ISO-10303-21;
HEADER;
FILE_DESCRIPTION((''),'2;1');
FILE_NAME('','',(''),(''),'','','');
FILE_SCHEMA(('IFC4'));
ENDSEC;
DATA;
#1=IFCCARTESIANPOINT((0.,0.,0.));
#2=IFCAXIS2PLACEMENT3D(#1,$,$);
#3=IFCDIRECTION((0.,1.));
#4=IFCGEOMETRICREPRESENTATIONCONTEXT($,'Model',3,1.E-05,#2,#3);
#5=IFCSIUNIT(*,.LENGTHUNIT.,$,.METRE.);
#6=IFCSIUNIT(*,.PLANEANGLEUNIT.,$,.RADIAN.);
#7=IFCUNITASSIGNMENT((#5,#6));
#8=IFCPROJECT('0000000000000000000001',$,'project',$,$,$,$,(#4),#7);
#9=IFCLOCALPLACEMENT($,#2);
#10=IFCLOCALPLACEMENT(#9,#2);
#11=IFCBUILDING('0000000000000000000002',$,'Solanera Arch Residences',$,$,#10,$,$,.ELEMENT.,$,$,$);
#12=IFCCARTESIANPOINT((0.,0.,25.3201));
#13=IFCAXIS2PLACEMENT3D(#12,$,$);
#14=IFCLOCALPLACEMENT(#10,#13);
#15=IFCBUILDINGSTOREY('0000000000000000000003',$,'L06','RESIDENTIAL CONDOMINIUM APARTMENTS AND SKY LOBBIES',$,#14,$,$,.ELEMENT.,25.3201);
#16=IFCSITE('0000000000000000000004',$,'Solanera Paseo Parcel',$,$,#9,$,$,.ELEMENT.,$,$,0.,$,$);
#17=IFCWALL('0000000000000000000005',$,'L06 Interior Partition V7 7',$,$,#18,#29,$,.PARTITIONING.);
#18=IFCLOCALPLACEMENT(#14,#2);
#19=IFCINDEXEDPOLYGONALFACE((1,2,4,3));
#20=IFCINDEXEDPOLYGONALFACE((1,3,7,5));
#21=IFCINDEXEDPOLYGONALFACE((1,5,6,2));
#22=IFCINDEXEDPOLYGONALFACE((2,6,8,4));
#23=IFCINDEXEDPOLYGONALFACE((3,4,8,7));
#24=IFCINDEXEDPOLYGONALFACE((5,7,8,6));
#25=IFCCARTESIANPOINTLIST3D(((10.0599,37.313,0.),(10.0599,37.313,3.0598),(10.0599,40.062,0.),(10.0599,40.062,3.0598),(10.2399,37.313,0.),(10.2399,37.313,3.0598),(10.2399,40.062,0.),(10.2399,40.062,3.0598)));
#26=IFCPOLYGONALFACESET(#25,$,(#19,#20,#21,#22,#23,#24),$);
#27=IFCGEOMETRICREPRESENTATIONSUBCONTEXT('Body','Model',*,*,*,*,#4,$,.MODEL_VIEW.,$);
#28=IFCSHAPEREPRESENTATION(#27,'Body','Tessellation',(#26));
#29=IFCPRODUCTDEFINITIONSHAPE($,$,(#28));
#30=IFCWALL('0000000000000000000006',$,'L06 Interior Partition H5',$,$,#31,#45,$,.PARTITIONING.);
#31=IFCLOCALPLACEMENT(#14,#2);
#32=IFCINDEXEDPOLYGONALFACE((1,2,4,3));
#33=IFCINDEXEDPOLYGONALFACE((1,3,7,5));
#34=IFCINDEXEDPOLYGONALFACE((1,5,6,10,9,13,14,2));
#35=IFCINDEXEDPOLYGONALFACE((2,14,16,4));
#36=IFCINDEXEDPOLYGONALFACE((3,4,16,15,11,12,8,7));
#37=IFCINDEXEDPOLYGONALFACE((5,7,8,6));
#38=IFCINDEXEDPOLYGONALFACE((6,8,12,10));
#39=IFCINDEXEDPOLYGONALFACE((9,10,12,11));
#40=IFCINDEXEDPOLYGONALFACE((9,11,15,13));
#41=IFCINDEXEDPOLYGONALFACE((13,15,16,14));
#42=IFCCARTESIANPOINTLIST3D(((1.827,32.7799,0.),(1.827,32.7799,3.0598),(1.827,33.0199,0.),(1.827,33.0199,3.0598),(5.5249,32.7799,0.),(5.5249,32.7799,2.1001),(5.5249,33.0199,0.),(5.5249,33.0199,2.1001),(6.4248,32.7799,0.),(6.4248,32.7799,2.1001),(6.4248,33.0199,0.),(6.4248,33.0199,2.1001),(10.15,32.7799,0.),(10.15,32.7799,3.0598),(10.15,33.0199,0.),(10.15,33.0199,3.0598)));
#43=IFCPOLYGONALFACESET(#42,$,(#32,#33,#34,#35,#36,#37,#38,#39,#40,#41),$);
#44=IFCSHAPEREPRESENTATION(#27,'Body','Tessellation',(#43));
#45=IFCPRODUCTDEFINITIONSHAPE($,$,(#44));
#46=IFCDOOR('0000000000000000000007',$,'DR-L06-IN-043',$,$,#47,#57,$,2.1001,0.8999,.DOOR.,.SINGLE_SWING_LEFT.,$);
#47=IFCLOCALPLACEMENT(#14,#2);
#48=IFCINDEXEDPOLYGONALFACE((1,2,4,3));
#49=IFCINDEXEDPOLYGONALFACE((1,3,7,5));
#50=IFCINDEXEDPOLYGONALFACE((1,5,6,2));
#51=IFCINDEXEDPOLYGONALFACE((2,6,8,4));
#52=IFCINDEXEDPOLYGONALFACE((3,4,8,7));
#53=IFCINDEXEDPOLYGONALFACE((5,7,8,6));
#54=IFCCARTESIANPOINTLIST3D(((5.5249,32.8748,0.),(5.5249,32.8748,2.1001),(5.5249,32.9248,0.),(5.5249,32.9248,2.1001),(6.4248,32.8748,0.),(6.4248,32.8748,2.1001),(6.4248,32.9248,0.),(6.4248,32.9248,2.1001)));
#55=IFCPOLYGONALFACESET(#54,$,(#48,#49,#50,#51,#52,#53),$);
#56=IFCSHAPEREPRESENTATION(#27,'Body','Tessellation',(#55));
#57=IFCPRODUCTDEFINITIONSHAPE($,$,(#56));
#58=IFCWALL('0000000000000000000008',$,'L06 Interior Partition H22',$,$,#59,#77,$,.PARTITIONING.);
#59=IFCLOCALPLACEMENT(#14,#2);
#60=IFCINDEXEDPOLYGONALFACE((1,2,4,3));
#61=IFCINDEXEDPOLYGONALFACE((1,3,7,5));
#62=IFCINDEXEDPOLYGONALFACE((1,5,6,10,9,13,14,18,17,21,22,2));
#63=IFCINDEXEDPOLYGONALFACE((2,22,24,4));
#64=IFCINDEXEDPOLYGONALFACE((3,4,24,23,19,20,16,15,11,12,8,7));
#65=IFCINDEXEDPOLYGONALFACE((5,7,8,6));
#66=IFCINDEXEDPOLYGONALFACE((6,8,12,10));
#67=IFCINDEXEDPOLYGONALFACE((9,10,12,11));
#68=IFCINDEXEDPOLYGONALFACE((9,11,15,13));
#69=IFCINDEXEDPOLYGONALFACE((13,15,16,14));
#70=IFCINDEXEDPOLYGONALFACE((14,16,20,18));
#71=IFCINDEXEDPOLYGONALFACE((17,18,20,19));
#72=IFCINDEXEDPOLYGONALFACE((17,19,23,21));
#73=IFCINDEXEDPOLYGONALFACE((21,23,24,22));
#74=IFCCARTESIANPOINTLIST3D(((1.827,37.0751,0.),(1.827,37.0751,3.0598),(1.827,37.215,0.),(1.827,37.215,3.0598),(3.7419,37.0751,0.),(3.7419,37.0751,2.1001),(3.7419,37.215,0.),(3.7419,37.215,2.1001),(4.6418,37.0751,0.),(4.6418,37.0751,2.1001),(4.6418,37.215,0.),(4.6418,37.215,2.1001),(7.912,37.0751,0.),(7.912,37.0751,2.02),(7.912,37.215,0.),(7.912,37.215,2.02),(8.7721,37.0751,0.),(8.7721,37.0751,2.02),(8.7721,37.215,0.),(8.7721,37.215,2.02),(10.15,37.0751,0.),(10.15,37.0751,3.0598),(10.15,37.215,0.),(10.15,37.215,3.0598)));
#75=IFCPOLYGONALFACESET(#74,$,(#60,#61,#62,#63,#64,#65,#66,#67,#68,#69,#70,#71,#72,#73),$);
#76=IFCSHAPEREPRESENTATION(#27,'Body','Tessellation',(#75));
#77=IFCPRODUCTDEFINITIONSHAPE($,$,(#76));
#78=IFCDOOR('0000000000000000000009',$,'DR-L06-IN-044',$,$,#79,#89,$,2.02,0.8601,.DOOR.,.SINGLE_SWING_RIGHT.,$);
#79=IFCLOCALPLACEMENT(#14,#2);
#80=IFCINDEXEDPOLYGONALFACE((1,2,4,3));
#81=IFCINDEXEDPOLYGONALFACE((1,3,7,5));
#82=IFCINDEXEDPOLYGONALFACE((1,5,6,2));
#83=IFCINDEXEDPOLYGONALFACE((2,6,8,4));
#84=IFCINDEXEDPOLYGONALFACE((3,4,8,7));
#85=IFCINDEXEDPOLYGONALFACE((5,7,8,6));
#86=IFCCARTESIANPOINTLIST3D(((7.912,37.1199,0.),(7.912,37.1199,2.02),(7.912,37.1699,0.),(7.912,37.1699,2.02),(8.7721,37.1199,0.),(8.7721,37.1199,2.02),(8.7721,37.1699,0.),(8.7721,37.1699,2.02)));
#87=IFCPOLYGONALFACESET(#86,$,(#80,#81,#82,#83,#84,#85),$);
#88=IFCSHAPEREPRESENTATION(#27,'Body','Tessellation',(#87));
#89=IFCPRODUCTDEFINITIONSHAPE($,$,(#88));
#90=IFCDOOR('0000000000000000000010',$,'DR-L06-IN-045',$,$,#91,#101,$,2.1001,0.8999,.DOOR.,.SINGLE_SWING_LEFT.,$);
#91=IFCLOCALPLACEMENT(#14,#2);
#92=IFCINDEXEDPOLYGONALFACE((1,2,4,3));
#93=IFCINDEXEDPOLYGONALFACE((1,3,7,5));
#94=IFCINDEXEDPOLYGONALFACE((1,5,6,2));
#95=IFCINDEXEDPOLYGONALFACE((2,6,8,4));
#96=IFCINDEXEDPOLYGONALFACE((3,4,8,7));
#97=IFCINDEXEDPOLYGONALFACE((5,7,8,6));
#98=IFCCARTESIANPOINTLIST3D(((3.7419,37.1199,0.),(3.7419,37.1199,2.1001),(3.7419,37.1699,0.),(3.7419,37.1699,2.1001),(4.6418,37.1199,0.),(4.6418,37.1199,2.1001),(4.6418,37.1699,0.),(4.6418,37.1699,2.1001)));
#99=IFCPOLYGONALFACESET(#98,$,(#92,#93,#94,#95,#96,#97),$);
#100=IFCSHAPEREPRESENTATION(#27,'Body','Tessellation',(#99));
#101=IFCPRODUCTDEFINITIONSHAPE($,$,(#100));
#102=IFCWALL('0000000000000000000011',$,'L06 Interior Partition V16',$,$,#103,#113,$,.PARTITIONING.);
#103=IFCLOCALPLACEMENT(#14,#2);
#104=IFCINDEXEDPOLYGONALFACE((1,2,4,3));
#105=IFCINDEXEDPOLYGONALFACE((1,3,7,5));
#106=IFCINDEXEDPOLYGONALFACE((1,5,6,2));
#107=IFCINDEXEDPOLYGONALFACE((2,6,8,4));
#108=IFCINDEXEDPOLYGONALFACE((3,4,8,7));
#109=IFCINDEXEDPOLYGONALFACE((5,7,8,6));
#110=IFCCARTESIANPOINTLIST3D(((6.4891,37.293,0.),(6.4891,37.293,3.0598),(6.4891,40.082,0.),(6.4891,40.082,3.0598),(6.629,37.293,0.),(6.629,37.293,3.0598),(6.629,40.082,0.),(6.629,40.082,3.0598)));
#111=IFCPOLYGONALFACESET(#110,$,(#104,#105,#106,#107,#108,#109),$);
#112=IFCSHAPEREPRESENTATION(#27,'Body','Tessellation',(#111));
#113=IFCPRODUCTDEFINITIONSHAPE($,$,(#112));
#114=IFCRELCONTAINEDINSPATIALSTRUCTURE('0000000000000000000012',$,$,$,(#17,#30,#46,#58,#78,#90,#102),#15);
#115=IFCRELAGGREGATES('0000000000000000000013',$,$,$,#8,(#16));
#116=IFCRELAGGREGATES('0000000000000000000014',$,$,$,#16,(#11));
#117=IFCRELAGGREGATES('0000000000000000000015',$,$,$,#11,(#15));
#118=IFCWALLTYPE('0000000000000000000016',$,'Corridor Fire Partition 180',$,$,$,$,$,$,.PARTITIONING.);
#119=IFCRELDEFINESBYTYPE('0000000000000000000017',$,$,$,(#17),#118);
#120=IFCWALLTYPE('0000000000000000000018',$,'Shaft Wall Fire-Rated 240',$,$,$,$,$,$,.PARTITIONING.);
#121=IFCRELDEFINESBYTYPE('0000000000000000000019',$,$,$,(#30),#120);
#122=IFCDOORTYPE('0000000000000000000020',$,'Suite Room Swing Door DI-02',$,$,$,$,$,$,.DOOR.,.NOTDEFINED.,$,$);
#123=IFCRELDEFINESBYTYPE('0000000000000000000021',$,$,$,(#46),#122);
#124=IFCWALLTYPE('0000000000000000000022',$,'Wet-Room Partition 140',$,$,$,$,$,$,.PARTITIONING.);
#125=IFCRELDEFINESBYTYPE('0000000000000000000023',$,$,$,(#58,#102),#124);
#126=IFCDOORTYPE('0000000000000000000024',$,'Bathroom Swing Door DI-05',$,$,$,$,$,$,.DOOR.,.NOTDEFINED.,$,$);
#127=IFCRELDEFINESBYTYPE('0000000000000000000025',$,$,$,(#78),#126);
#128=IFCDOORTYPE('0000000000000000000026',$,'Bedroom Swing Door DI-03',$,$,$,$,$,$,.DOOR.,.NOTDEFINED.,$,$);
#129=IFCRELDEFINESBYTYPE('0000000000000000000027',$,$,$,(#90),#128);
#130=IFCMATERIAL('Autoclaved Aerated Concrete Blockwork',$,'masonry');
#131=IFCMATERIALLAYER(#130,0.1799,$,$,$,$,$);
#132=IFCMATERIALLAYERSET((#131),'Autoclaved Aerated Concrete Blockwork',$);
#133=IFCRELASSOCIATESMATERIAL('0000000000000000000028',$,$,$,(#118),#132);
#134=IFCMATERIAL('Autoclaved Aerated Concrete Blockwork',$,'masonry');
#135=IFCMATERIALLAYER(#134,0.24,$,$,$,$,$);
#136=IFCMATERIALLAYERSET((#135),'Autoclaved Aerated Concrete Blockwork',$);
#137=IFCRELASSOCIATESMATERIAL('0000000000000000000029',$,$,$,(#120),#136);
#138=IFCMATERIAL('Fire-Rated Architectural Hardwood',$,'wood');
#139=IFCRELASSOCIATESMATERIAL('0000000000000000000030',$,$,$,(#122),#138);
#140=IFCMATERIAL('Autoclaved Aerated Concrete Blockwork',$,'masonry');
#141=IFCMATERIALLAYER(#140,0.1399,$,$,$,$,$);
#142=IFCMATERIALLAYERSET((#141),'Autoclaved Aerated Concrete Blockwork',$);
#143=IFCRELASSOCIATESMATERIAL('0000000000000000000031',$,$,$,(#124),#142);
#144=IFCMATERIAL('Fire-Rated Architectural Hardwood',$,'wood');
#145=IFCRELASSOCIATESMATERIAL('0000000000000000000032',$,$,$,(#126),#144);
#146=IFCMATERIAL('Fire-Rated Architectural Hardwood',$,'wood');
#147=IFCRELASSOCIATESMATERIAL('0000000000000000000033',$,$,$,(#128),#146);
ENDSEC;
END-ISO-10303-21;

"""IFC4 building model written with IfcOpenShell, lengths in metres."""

from ifc_helpers import new_model, si_unit, direction, frame, frame_2d, origin, place, context, subcontext, project, spatial, rectangle, extrude, material, layer, layer_set, type_object, element, fill, save


model = new_model("IFC4")

# Units and contexts
model_context = context("Model", 3, precision=1e-05, world=origin(), true_north=direction((0.0, 1.0)))
body_context = subcontext(model_context, "Body", "Model", "MODEL_VIEW")
ifc_project = project(units=[si_unit("LENGTHUNIT", "METRE"), si_unit("PLANEANGLEUNIT", "RADIAN")], contexts=[model_context])

# Site, building, storey
site_placement = place(None, origin())
site = spatial("IfcSite", under=ifc_project, at=site_placement, Name="Solanera Paseo Parcel", CompositionType="ELEMENT", RefElevation=0.0)
building_placement = place(site_placement, origin())
building = spatial("IfcBuilding", under=site, at=building_placement, Name="Solanera Arch Residences", CompositionType="ELEMENT")
storey_placement = place(building_placement, frame((0.0, 0.0, 25.3201)))
storey = spatial("IfcBuildingStorey", under=building, at=storey_placement, Name="L06", Description="RESIDENTIAL CONDOMINIUM APARTMENTS AND SKY LOBBIES", CompositionType="ELEMENT", Elevation=25.3201)

# Shared definitions
ifc_material_1 = material(Name="Autoclaved Aerated Concrete Blockwork", Category="masonry")
ifc_layer_1 = layer(ifc_material_1, 0.1799)
ifc_layer_set_1 = layer_set([ifc_layer_1], Name="Autoclaved Aerated Concrete Blockwork")
wall_type_1 = type_object("IfcWallType", Name="Corridor Fire Partition 180", PredefinedType="PARTITIONING", material=ifc_layer_set_1)

# Wall
wall_1_placement = place(storey_placement, frame((10.1499, 37.313, 0.0), z_axis=(0.0, 0.0, 1.0), x_axis=(0.0, 1.0, 0.0)))
element("IfcWall", 1, at=wall_1_placement, inside=storey, type_object=wall_type_1, Name="L06 Interior Partition V7 7", PredefinedType="PARTITIONING", context=body_context, shape_type="SweptSolid", body=[
    extrude(rectangle(XDim=2.749, YDim=0.1799, at=frame_2d((1.3745, 0.0))), origin(), (0.0, 0.0, 1.0), 3.0598),
])

# Wall, opening, door
ifc_material_2 = material(Name="Autoclaved Aerated Concrete Blockwork", Category="masonry")
ifc_layer_2 = layer(ifc_material_2, 0.24)
ifc_layer_set_2 = layer_set([ifc_layer_2], Name="Autoclaved Aerated Concrete Blockwork")
wall_type_2 = type_object("IfcWallType", Name="Shaft Wall Fire-Rated 240", PredefinedType="PARTITIONING", material=ifc_layer_set_2)
wall_2_placement = place(storey_placement, frame((1.8269, 32.8999, 0.0), z_axis=(0.0, 0.0, 1.0), x_axis=(1.0, 0.0, 0.0)))
wall_2 = element("IfcWall", 2, at=wall_2_placement, inside=storey, type_object=wall_type_2, Name="L06 Interior Partition H5", PredefinedType="PARTITIONING", context=body_context, shape_type="SweptSolid", body=[
    extrude(rectangle(XDim=8.323, YDim=0.24, at=frame_2d((4.1616, 0.0))), origin(), (0.0, 0.0, 1.0), 3.0598),
])
opening_1_placement = place(wall_2_placement, frame((3.698, 0.0, 0.0)))
opening_1 = element("IfcOpeningElement", 3, at=opening_1_placement, cuts=wall_2, PredefinedType="OPENING", context=body_context, shape_type="SweptSolid", body=[
    extrude(rectangle(XDim=0.8999, YDim=2.1001, at=frame_2d((0.45, 1.05))), frame((0.0, 0.1299, 0.0), z_axis=(0.0, -1.0, 0.0), x_axis=(1.0, 0.0, 0.0)), (0.0, 0.0, 1.0), 0.26),
])
ifc_material_3 = material(Name="Fire-Rated Architectural Hardwood", Category="wood")
door_type_1 = type_object("IfcDoorType", Name="Suite Room Swing Door DI-02", OperationType="NOTDEFINED", PredefinedType="DOOR", material=ifc_material_3)
door_1_placement = place(opening_1_placement, origin())
door_1 = element("IfcDoor", 4, at=door_1_placement, inside=storey, type_object=door_type_1, Name="DR-L06-IN-043", OperationType="SINGLE_SWING_LEFT", OverallHeight=2.1001, OverallWidth=0.8999, PredefinedType="DOOR", context=body_context, shape_type="SweptSolid", body=[
    extrude(rectangle(XDim=0.8999, YDim=2.1001, at=frame_2d((0.45, 1.05))), frame((0.0, 0.0249, 0.0), z_axis=(0.0, -1.0, 0.0), x_axis=(1.0, 0.0, 0.0)), (0.0, 0.0, 1.0), 0.05),
])
fill(opening_1, door_1)

# Wall, openings, doors
ifc_material_4 = material(Name="Autoclaved Aerated Concrete Blockwork", Category="masonry")
ifc_layer_3 = layer(ifc_material_4, 0.1399)
ifc_layer_set_3 = layer_set([ifc_layer_3], Name="Autoclaved Aerated Concrete Blockwork")
wall_type_3 = type_object("IfcWallType", Name="Wet-Room Partition 140", PredefinedType="PARTITIONING", material=ifc_layer_set_3)
wall_3_placement = place(storey_placement, frame((1.8269, 37.145, 0.0), z_axis=(0.0, 0.0, 1.0), x_axis=(1.0, 0.0, 0.0)))
wall_3 = element("IfcWall", 5, at=wall_3_placement, inside=storey, type_object=wall_type_3, Name="L06 Interior Partition H22", PredefinedType="PARTITIONING", context=body_context, shape_type="SweptSolid", body=[
    extrude(rectangle(XDim=8.323, YDim=0.1399, at=frame_2d((4.1616, 0.0))), origin(), (0.0, 0.0, 1.0), 3.0598),
])
opening_2_placement = place(wall_3_placement, frame((6.085, 0.0, 0.0)))
opening_2 = element("IfcOpeningElement", 6, at=opening_2_placement, cuts=wall_3, PredefinedType="OPENING", context=body_context, shape_type="SweptSolid", body=[
    extrude(rectangle(XDim=0.8601, YDim=2.02, at=frame_2d((0.4302, 1.01))), frame((0.0, 0.0798, 0.0), z_axis=(0.0, -1.0, 0.0), x_axis=(1.0, 0.0, 0.0)), (0.0, 0.0, 1.0), 0.1599),
])
opening_3_placement = place(wall_3_placement, frame((1.915, 0.0, 0.0)))
opening_3 = element("IfcOpeningElement", 7, at=opening_3_placement, cuts=wall_3, PredefinedType="OPENING", context=body_context, shape_type="SweptSolid", body=[
    extrude(rectangle(XDim=0.8999, YDim=2.1001, at=frame_2d((0.45, 1.05))), frame((0.0, 0.0798, 0.0), z_axis=(0.0, -1.0, 0.0), x_axis=(1.0, 0.0, 0.0)), (0.0, 0.0, 1.0), 0.1599),
])
ifc_material_5 = material(Name="Fire-Rated Architectural Hardwood", Category="wood")
door_type_2 = type_object("IfcDoorType", Name="Bathroom Swing Door DI-05", OperationType="NOTDEFINED", PredefinedType="DOOR", material=ifc_material_5)
door_2_placement = place(opening_2_placement, origin())
door_2 = element("IfcDoor", 8, at=door_2_placement, inside=storey, type_object=door_type_2, Name="DR-L06-IN-044", OperationType="SINGLE_SWING_RIGHT", OverallHeight=2.02, OverallWidth=0.8601, PredefinedType="DOOR", context=body_context, shape_type="SweptSolid", body=[
    extrude(rectangle(XDim=0.8601, YDim=2.02, at=frame_2d((0.4302, 1.01))), frame((0.0, 0.0249, 0.0), z_axis=(0.0, -1.0, 0.0), x_axis=(1.0, 0.0, 0.0)), (0.0, 0.0, 1.0), 0.05),
])
fill(opening_2, door_2)
ifc_material_6 = material(Name="Fire-Rated Architectural Hardwood", Category="wood")
door_type_3 = type_object("IfcDoorType", Name="Bedroom Swing Door DI-03", OperationType="NOTDEFINED", PredefinedType="DOOR", material=ifc_material_6)
door_3_placement = place(opening_3_placement, origin())
door_3 = element("IfcDoor", 9, at=door_3_placement, inside=storey, type_object=door_type_3, Name="DR-L06-IN-045", OperationType="SINGLE_SWING_LEFT", OverallHeight=2.1001, OverallWidth=0.8999, PredefinedType="DOOR", context=body_context, shape_type="SweptSolid", body=[
    extrude(rectangle(XDim=0.8999, YDim=2.1001, at=frame_2d((0.45, 1.05))), frame((0.0, 0.0249, 0.0), z_axis=(0.0, -1.0, 0.0), x_axis=(1.0, 0.0, 0.0)), (0.0, 0.0, 1.0), 0.05),
])
fill(opening_3, door_3)

# Wall
wall_4_placement = place(storey_placement, frame((6.5591, 37.293, 0.0), z_axis=(0.0, 0.0, 1.0), x_axis=(0.0, 1.0, 0.0)))
element("IfcWall", 10, at=wall_4_placement, inside=storey, type_object=wall_type_3, Name="L06 Interior Partition V16", PredefinedType="PARTITIONING", context=body_context, shape_type="SweptSolid", body=[
    extrude(rectangle(XDim=2.7891, YDim=0.1399, at=frame_2d((1.3945, 0.0))), origin(), (0.0, 0.0, 1.0), 3.0598),
])

save(model, "model.ifc")
